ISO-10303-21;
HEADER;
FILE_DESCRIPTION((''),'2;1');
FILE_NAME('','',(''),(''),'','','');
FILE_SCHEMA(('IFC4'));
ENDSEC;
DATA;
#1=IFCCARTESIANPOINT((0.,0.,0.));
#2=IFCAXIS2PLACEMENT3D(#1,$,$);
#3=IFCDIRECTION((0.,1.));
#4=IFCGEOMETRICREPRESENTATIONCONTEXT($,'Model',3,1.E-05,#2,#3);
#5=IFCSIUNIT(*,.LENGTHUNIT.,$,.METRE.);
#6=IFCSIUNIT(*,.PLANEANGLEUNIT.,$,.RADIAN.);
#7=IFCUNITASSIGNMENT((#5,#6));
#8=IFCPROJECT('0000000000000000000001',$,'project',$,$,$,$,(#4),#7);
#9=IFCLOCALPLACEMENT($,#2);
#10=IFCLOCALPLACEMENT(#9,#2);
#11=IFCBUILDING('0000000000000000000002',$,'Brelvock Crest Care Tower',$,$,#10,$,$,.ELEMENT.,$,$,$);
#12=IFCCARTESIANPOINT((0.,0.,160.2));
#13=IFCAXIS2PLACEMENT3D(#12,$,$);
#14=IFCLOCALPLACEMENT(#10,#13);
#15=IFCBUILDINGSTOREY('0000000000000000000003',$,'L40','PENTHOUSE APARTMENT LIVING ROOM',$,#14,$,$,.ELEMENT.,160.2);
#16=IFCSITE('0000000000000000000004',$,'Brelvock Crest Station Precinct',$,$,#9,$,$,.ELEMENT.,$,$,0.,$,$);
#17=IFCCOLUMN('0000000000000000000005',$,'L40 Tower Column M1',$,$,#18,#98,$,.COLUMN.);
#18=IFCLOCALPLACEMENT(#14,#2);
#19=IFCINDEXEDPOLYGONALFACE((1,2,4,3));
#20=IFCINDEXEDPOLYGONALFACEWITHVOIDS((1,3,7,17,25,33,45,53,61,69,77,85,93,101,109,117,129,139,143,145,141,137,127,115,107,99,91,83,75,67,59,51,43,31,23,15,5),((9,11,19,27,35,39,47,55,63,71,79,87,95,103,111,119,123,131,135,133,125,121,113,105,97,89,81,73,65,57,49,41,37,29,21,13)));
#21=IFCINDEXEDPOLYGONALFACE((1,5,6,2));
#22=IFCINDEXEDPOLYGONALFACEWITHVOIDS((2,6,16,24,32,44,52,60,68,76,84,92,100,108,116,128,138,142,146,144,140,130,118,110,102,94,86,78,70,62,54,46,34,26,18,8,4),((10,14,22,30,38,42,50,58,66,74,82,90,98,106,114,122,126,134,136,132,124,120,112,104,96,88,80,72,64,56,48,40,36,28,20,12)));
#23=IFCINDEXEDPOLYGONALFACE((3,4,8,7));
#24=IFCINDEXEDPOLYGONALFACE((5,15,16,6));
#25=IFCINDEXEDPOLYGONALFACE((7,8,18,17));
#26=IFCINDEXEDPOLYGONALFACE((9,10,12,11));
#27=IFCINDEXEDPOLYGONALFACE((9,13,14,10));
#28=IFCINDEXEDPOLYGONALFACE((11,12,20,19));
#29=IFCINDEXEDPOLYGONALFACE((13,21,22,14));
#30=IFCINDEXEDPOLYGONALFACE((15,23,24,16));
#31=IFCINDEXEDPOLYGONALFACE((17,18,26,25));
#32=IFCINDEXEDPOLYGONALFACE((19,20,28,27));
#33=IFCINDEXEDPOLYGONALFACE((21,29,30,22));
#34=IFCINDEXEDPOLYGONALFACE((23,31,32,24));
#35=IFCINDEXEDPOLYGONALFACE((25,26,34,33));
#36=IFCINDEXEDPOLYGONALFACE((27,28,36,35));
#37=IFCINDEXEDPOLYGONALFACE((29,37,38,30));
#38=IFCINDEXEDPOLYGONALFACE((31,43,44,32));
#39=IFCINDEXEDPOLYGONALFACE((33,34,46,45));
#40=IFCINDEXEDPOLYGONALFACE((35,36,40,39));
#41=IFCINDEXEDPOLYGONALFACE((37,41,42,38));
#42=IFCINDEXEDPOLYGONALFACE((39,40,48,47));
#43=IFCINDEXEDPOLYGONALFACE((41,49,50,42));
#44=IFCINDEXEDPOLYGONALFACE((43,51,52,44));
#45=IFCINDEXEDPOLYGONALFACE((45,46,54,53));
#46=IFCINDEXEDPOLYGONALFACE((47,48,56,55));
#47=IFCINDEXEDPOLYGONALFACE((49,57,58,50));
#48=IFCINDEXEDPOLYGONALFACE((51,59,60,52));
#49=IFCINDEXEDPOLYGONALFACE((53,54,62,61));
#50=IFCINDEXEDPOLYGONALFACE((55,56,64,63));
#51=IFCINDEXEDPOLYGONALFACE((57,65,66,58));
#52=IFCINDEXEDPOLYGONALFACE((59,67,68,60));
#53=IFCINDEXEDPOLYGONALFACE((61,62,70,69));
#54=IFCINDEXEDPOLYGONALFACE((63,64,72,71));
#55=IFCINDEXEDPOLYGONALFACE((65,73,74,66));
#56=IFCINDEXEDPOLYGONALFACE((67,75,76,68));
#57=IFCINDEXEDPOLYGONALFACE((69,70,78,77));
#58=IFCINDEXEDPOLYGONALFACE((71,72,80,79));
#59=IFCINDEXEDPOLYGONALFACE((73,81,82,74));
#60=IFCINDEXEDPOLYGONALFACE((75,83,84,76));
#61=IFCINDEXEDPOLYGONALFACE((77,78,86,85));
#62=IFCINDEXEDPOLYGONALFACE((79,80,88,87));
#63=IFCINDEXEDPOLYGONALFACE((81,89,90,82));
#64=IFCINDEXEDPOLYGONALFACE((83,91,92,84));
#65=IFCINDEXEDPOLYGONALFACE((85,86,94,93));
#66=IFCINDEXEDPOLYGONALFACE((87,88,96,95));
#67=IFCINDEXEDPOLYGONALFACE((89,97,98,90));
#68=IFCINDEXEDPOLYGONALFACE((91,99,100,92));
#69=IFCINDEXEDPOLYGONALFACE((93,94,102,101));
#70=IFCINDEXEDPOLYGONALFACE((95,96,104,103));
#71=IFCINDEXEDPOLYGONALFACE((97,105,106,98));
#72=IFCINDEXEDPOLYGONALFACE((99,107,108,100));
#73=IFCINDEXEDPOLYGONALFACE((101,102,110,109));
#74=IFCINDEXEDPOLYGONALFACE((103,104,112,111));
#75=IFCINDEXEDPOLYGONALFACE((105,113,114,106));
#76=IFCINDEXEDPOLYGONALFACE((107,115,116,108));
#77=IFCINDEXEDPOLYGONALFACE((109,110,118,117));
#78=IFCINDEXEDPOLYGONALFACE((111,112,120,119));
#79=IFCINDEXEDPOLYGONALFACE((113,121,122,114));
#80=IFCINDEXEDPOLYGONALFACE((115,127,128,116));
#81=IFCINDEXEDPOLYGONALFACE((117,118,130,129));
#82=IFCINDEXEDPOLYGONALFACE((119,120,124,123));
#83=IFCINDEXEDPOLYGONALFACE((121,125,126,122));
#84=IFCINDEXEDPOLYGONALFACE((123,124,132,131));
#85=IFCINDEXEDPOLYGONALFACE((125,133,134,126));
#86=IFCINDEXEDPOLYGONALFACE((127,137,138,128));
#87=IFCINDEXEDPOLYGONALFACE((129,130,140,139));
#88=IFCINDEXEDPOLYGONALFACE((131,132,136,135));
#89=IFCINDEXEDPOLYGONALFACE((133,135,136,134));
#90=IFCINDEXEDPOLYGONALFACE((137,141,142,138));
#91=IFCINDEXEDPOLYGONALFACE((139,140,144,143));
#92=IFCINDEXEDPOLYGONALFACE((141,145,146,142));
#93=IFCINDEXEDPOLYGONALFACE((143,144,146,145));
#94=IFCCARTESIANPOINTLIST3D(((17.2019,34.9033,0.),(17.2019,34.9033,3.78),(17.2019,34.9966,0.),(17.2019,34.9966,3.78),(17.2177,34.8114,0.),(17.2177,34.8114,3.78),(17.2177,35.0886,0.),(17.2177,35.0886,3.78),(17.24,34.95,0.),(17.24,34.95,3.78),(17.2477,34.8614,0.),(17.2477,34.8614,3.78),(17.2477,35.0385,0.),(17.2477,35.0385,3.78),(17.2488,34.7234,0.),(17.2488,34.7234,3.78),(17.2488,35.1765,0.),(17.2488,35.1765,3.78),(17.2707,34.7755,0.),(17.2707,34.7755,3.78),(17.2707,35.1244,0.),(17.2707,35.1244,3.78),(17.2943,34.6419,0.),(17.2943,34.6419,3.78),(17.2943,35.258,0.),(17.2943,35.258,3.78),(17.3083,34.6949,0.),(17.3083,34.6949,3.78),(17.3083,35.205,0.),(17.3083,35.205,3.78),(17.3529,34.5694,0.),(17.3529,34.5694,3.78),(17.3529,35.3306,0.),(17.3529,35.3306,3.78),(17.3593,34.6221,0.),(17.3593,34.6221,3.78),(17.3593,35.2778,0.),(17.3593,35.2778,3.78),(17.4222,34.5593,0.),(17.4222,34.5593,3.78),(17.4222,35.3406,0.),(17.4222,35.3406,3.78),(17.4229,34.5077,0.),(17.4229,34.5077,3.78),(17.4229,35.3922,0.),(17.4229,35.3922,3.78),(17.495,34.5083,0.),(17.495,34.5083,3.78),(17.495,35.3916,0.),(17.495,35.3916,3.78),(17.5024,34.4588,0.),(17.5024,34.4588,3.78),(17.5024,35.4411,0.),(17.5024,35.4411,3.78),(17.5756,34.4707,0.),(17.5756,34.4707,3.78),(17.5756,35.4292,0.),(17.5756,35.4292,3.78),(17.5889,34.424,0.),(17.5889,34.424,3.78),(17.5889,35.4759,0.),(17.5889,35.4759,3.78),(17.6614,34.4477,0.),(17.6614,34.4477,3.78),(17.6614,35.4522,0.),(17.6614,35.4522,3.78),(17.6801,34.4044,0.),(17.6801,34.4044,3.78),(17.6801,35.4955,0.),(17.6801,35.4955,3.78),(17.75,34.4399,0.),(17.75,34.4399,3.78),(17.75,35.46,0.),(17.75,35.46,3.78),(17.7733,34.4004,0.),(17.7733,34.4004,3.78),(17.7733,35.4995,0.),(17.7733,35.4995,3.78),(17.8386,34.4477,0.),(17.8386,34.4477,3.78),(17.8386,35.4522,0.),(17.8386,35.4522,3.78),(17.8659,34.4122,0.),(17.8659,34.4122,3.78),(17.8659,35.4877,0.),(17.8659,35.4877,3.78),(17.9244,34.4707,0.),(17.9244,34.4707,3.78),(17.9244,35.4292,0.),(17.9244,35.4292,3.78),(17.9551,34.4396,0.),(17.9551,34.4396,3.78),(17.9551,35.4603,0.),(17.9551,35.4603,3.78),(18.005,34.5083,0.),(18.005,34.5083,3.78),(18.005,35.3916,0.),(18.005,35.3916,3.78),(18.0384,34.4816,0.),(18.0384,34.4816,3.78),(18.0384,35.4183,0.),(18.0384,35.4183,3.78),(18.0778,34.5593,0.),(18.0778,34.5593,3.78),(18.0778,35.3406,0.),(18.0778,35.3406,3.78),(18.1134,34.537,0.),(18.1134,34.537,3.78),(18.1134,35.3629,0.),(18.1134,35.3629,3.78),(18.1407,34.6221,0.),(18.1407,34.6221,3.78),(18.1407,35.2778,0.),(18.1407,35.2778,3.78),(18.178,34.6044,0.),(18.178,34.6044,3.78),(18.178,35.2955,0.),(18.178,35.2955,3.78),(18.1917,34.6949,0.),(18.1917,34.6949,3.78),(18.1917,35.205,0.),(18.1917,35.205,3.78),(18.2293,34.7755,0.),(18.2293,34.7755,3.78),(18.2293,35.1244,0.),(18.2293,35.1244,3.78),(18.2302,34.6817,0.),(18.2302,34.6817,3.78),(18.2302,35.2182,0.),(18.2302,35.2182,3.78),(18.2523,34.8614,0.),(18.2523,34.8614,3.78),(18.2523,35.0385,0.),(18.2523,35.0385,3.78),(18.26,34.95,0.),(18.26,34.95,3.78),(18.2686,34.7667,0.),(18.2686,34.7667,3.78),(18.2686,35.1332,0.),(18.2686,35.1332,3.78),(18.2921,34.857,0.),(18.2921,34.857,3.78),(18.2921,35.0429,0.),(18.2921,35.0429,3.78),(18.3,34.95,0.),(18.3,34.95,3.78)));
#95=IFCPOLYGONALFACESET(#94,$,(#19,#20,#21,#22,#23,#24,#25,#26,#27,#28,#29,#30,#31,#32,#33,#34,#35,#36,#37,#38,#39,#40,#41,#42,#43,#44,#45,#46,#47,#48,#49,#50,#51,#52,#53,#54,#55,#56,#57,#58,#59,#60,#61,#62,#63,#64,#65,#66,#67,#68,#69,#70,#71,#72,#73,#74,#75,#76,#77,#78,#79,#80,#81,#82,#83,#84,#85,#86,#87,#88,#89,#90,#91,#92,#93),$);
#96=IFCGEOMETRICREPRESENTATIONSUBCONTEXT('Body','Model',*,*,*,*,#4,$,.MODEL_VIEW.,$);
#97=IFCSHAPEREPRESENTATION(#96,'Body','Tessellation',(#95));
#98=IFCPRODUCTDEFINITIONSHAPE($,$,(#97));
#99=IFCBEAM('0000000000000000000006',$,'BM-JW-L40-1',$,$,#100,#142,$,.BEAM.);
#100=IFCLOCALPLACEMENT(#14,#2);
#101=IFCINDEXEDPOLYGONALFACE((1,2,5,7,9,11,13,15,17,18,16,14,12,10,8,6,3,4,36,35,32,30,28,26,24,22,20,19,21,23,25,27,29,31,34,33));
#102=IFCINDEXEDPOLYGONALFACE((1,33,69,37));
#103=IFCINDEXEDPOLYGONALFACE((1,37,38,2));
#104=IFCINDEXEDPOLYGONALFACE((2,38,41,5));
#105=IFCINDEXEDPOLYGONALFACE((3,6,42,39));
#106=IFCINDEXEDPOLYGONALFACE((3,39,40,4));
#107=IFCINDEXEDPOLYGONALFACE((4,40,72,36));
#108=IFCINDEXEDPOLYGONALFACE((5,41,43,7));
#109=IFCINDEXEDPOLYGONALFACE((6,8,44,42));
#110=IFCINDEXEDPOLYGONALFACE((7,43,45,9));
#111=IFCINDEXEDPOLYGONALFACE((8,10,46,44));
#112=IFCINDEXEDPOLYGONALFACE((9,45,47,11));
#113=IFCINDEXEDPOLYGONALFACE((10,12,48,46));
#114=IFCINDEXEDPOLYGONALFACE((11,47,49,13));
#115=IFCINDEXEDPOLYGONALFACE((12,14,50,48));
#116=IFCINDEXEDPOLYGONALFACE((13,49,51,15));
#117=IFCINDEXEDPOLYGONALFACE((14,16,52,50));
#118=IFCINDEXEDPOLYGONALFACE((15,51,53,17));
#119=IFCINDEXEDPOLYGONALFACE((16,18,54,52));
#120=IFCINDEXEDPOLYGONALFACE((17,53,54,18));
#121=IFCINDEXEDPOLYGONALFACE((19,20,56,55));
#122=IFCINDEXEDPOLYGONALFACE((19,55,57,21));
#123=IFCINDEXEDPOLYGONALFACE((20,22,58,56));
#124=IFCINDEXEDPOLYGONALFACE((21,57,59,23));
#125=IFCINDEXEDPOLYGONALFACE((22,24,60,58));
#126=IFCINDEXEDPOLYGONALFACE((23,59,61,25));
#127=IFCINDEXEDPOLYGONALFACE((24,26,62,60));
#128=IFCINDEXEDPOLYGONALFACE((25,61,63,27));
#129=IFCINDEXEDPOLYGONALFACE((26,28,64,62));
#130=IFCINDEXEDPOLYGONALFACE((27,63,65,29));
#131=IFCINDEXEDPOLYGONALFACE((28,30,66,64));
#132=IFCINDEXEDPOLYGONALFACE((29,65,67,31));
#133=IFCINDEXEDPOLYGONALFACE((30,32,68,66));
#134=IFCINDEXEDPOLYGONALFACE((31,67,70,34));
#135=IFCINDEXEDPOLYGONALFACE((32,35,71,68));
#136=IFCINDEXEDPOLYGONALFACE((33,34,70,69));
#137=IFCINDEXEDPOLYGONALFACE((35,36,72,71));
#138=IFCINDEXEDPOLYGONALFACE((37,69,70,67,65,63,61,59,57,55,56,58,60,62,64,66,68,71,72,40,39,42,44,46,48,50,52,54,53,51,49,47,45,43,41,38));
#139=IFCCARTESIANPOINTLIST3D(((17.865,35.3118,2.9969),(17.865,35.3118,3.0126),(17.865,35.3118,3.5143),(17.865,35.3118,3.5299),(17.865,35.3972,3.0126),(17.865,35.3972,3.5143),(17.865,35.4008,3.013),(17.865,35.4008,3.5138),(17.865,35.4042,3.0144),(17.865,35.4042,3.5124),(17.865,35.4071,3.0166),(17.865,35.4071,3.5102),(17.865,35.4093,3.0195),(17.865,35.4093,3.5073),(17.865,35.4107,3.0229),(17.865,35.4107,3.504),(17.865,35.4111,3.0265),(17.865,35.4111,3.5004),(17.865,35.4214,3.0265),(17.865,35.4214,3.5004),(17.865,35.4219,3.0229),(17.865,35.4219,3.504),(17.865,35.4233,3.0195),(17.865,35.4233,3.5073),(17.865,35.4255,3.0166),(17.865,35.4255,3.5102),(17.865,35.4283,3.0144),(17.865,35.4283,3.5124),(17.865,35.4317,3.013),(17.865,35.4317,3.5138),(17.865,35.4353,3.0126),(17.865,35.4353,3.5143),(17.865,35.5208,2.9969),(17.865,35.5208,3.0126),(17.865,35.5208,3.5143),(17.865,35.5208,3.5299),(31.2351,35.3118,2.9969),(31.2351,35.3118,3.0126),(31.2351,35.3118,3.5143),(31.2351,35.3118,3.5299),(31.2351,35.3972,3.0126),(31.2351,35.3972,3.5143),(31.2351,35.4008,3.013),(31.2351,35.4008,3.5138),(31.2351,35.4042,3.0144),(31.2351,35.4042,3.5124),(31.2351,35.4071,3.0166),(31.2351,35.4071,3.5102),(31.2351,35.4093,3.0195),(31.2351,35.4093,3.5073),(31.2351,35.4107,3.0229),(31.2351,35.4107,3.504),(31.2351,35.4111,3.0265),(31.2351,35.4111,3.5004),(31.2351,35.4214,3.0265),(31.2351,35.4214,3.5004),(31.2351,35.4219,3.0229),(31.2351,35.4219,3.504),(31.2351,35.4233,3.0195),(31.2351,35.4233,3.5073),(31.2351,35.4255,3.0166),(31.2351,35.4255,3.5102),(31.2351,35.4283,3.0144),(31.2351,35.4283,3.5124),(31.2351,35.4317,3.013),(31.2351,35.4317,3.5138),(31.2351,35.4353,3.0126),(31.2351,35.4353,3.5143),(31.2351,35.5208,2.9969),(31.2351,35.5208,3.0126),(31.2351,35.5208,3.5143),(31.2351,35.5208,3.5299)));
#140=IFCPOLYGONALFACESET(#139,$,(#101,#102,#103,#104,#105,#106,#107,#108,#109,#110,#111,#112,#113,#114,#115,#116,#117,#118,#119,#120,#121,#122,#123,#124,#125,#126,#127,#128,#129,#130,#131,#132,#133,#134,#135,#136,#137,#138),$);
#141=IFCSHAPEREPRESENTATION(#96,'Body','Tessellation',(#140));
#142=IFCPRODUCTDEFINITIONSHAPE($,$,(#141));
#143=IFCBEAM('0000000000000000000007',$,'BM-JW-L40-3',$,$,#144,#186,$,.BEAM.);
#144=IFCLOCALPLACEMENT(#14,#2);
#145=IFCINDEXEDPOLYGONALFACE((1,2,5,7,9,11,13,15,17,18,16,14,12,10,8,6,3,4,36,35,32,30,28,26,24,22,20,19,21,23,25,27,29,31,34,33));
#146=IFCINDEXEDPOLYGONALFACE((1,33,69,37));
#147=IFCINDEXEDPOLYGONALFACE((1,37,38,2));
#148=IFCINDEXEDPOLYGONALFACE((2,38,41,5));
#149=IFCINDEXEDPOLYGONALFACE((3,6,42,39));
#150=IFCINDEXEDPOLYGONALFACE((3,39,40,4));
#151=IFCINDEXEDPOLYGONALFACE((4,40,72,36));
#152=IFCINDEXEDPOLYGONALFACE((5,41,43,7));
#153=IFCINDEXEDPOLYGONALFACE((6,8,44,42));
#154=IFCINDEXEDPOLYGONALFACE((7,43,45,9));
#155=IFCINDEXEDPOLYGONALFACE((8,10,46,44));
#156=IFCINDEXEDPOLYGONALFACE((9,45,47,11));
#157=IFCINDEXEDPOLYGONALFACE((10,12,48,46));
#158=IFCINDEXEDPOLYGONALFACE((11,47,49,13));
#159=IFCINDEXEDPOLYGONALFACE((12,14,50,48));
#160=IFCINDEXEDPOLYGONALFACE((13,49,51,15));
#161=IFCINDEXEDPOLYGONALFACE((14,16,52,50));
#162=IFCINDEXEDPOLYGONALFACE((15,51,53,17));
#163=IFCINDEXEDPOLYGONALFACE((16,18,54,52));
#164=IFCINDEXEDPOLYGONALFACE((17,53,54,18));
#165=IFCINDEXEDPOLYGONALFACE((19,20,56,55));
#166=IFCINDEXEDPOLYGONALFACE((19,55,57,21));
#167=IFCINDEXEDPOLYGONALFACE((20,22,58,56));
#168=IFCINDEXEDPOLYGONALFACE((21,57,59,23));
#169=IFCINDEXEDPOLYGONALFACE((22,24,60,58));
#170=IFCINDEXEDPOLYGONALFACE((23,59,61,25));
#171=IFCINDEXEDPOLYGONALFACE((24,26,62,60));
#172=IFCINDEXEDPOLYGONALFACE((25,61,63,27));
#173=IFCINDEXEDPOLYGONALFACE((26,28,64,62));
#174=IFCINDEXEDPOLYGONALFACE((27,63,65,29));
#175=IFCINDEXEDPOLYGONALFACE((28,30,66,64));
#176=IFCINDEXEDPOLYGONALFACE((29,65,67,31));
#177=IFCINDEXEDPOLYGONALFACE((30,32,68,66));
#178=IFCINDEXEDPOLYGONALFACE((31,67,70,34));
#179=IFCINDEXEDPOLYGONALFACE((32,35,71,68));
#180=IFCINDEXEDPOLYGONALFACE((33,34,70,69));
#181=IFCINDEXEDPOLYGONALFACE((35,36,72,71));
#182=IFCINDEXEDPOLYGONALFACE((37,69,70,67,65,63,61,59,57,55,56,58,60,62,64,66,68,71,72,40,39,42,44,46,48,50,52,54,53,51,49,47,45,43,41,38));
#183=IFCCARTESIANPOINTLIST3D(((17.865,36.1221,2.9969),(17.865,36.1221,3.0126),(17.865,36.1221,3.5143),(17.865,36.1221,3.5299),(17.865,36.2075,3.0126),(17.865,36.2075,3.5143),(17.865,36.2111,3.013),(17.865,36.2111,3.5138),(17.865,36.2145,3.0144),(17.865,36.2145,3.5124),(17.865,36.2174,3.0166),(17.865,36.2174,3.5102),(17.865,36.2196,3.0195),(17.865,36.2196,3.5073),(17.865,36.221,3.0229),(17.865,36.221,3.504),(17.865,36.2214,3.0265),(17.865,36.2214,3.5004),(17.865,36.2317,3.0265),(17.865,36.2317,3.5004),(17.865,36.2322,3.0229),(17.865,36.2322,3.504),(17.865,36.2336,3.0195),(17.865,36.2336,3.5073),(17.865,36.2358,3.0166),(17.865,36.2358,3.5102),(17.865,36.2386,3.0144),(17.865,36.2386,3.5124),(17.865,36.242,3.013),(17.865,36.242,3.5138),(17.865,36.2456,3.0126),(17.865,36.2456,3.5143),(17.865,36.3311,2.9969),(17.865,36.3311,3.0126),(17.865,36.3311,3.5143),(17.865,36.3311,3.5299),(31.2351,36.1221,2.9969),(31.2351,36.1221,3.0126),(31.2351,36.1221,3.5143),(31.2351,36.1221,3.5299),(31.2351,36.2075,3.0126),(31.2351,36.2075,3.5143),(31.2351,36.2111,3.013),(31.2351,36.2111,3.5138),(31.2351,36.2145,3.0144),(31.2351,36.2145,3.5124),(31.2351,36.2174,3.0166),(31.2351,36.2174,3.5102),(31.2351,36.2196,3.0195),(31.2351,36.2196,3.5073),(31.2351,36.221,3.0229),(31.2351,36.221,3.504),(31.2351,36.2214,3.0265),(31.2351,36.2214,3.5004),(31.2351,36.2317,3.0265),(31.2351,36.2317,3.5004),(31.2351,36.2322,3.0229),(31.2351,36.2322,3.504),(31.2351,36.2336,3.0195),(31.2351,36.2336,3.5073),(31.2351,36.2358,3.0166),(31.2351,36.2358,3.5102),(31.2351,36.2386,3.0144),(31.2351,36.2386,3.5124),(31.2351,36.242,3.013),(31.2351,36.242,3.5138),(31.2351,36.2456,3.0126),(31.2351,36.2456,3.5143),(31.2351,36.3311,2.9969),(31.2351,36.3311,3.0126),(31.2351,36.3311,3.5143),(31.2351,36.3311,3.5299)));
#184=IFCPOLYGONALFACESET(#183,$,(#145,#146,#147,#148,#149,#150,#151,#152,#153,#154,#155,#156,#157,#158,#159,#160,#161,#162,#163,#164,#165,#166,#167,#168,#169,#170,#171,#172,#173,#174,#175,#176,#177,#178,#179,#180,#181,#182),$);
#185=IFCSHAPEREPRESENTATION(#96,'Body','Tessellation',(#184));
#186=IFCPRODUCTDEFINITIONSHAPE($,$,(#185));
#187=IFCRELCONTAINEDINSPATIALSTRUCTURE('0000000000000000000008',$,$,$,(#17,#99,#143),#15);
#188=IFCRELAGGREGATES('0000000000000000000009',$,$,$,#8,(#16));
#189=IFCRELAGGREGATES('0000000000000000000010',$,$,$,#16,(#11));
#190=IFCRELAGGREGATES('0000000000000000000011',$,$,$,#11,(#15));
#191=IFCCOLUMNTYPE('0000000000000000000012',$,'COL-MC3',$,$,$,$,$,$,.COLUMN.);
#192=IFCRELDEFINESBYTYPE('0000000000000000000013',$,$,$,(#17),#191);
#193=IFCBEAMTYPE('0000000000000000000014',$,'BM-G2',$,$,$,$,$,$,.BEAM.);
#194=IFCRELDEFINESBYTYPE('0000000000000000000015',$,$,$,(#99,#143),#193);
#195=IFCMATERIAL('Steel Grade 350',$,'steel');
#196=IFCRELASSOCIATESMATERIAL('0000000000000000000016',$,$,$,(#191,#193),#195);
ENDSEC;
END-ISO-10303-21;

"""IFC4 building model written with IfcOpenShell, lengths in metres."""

from ifc_helpers import new_model, si_unit, direction, frame, origin, origin_2d, place, context, subcontext, project, spatial, hollow_circle, i_section, extrude, source, transform, mapped, material, material_profile, profile_set, type_object, element, save


model = new_model("IFC4")

# Units and contexts
model_context = context("Model", 3, precision=1e-05, world=origin(), true_north=direction((0.0, 1.0)))
body_context = subcontext(model_context, "Body", "Model", "MODEL_VIEW")
ifc_project = project(units=[si_unit("LENGTHUNIT", "METRE"), si_unit("PLANEANGLEUNIT", "RADIAN")], contexts=[model_context])

# Site, building, storey
site_placement = place(None, origin())
site = spatial("IfcSite", under=ifc_project, at=site_placement, Name="Brelvock Crest Station Precinct", CompositionType="ELEMENT", RefElevation=0.0)
building_placement = place(site_placement, origin())
building = spatial("IfcBuilding", under=site, at=building_placement, Name="Brelvock Crest Care Tower", CompositionType="ELEMENT")
storey_placement = place(building_placement, frame((0.0, 0.0, 160.2)))
storey = spatial("IfcBuildingStorey", under=building, at=storey_placement, Name="L40", Description="PENTHOUSE APARTMENT LIVING ROOM", CompositionType="ELEMENT", Elevation=160.2)

# Column
ifc_material_1 = material(Name="Steel Grade 350", Category="steel")
ifc_material_profile_1 = material_profile(ifc_material_1, hollow_circle(Radius=0.55, WallThickness=0.04, at=origin_2d()), Name="CFT1100x40")
ifc_profile_set_1 = profile_set([ifc_material_profile_1], Name="Steel Grade 350")
column_type = type_object("IfcColumnType", Name="COL-MC3", PredefinedType="COLUMN", material=ifc_profile_set_1)
shared_shape_1 = source(origin(), body_context, "Body", "SweptSolid", [
    extrude(hollow_circle(Radius=0.55, WallThickness=0.04, at=origin_2d()), origin(), (0.0, 0.0, 1.0), 3.78),
])
column_placement = place(storey_placement, frame((17.75, 34.95, 0.0), z_axis=(0.0, 0.0, 1.0), x_axis=(1.0, 0.0, 0.0)))
element("IfcColumn", 1, at=column_placement, inside=storey, type_object=column_type, Name="L40 Tower Column M1", PredefinedType="COLUMN", context=body_context, shape_type="MappedRepresentation", body=[
    mapped(shared_shape_1, transform((0.0, 0.0, 0.0), x_axis=(1.0, 0.0, 0.0), y_axis=(0.0, 1.0, 0.0), z_axis=(0.0, 0.0, 1.0), scale=1.0)),
])

# Beams
ifc_material_profile_2 = material_profile(ifc_material_1, i_section(OverallWidth=0.209, OverallDepth=0.533, WebThickness=0.0103, FlangeThickness=0.0156, FilletRadius=0.0139, at=origin_2d()), Name="530UB92.4")
ifc_profile_set_2 = profile_set([ifc_material_profile_2], Name="Steel Grade 350")
beam_type_1 = type_object("IfcBeamType", Name="BM-G2", PredefinedType="BEAM", material=ifc_profile_set_2)
shared_shape_2 = source(origin(), body_context, "Body", "SweptSolid", [
    extrude(i_section(OverallWidth=0.209, OverallDepth=0.533, WebThickness=0.0103, FlangeThickness=0.0156, FilletRadius=0.0139, at=origin_2d()), origin(), (0.0, 0.0, 1.0), 13.3701),
])
for number, where, z_axis, x_axis, name in (
    (2, (17.865, 35.4163, 3.2634), (1.0, 0.0, 0.0), (0.0, 1.0, 0.0), "BM-JW-L40-1"),
    (3, (17.865, 36.2266, 3.2634), (1.0, 0.0, 0.0), (0.0, 1.0, 0.0), "BM-JW-L40-3"),
):
    element("IfcBeam", number, at=place(storey_placement, frame(where, z_axis=z_axis, x_axis=x_axis)), inside=storey, type_object=beam_type_1, Name=name, PredefinedType="BEAM", context=body_context, shape_type="MappedRepresentation", body=[
        mapped(shared_shape_2, transform((0.0, 0.0, 0.0), x_axis=(1.0, 0.0, 0.0), y_axis=(0.0, 1.0, 0.0), z_axis=(0.0, 0.0, 1.0), scale=1.0)),
    ])

save(model, "model.ifc")
